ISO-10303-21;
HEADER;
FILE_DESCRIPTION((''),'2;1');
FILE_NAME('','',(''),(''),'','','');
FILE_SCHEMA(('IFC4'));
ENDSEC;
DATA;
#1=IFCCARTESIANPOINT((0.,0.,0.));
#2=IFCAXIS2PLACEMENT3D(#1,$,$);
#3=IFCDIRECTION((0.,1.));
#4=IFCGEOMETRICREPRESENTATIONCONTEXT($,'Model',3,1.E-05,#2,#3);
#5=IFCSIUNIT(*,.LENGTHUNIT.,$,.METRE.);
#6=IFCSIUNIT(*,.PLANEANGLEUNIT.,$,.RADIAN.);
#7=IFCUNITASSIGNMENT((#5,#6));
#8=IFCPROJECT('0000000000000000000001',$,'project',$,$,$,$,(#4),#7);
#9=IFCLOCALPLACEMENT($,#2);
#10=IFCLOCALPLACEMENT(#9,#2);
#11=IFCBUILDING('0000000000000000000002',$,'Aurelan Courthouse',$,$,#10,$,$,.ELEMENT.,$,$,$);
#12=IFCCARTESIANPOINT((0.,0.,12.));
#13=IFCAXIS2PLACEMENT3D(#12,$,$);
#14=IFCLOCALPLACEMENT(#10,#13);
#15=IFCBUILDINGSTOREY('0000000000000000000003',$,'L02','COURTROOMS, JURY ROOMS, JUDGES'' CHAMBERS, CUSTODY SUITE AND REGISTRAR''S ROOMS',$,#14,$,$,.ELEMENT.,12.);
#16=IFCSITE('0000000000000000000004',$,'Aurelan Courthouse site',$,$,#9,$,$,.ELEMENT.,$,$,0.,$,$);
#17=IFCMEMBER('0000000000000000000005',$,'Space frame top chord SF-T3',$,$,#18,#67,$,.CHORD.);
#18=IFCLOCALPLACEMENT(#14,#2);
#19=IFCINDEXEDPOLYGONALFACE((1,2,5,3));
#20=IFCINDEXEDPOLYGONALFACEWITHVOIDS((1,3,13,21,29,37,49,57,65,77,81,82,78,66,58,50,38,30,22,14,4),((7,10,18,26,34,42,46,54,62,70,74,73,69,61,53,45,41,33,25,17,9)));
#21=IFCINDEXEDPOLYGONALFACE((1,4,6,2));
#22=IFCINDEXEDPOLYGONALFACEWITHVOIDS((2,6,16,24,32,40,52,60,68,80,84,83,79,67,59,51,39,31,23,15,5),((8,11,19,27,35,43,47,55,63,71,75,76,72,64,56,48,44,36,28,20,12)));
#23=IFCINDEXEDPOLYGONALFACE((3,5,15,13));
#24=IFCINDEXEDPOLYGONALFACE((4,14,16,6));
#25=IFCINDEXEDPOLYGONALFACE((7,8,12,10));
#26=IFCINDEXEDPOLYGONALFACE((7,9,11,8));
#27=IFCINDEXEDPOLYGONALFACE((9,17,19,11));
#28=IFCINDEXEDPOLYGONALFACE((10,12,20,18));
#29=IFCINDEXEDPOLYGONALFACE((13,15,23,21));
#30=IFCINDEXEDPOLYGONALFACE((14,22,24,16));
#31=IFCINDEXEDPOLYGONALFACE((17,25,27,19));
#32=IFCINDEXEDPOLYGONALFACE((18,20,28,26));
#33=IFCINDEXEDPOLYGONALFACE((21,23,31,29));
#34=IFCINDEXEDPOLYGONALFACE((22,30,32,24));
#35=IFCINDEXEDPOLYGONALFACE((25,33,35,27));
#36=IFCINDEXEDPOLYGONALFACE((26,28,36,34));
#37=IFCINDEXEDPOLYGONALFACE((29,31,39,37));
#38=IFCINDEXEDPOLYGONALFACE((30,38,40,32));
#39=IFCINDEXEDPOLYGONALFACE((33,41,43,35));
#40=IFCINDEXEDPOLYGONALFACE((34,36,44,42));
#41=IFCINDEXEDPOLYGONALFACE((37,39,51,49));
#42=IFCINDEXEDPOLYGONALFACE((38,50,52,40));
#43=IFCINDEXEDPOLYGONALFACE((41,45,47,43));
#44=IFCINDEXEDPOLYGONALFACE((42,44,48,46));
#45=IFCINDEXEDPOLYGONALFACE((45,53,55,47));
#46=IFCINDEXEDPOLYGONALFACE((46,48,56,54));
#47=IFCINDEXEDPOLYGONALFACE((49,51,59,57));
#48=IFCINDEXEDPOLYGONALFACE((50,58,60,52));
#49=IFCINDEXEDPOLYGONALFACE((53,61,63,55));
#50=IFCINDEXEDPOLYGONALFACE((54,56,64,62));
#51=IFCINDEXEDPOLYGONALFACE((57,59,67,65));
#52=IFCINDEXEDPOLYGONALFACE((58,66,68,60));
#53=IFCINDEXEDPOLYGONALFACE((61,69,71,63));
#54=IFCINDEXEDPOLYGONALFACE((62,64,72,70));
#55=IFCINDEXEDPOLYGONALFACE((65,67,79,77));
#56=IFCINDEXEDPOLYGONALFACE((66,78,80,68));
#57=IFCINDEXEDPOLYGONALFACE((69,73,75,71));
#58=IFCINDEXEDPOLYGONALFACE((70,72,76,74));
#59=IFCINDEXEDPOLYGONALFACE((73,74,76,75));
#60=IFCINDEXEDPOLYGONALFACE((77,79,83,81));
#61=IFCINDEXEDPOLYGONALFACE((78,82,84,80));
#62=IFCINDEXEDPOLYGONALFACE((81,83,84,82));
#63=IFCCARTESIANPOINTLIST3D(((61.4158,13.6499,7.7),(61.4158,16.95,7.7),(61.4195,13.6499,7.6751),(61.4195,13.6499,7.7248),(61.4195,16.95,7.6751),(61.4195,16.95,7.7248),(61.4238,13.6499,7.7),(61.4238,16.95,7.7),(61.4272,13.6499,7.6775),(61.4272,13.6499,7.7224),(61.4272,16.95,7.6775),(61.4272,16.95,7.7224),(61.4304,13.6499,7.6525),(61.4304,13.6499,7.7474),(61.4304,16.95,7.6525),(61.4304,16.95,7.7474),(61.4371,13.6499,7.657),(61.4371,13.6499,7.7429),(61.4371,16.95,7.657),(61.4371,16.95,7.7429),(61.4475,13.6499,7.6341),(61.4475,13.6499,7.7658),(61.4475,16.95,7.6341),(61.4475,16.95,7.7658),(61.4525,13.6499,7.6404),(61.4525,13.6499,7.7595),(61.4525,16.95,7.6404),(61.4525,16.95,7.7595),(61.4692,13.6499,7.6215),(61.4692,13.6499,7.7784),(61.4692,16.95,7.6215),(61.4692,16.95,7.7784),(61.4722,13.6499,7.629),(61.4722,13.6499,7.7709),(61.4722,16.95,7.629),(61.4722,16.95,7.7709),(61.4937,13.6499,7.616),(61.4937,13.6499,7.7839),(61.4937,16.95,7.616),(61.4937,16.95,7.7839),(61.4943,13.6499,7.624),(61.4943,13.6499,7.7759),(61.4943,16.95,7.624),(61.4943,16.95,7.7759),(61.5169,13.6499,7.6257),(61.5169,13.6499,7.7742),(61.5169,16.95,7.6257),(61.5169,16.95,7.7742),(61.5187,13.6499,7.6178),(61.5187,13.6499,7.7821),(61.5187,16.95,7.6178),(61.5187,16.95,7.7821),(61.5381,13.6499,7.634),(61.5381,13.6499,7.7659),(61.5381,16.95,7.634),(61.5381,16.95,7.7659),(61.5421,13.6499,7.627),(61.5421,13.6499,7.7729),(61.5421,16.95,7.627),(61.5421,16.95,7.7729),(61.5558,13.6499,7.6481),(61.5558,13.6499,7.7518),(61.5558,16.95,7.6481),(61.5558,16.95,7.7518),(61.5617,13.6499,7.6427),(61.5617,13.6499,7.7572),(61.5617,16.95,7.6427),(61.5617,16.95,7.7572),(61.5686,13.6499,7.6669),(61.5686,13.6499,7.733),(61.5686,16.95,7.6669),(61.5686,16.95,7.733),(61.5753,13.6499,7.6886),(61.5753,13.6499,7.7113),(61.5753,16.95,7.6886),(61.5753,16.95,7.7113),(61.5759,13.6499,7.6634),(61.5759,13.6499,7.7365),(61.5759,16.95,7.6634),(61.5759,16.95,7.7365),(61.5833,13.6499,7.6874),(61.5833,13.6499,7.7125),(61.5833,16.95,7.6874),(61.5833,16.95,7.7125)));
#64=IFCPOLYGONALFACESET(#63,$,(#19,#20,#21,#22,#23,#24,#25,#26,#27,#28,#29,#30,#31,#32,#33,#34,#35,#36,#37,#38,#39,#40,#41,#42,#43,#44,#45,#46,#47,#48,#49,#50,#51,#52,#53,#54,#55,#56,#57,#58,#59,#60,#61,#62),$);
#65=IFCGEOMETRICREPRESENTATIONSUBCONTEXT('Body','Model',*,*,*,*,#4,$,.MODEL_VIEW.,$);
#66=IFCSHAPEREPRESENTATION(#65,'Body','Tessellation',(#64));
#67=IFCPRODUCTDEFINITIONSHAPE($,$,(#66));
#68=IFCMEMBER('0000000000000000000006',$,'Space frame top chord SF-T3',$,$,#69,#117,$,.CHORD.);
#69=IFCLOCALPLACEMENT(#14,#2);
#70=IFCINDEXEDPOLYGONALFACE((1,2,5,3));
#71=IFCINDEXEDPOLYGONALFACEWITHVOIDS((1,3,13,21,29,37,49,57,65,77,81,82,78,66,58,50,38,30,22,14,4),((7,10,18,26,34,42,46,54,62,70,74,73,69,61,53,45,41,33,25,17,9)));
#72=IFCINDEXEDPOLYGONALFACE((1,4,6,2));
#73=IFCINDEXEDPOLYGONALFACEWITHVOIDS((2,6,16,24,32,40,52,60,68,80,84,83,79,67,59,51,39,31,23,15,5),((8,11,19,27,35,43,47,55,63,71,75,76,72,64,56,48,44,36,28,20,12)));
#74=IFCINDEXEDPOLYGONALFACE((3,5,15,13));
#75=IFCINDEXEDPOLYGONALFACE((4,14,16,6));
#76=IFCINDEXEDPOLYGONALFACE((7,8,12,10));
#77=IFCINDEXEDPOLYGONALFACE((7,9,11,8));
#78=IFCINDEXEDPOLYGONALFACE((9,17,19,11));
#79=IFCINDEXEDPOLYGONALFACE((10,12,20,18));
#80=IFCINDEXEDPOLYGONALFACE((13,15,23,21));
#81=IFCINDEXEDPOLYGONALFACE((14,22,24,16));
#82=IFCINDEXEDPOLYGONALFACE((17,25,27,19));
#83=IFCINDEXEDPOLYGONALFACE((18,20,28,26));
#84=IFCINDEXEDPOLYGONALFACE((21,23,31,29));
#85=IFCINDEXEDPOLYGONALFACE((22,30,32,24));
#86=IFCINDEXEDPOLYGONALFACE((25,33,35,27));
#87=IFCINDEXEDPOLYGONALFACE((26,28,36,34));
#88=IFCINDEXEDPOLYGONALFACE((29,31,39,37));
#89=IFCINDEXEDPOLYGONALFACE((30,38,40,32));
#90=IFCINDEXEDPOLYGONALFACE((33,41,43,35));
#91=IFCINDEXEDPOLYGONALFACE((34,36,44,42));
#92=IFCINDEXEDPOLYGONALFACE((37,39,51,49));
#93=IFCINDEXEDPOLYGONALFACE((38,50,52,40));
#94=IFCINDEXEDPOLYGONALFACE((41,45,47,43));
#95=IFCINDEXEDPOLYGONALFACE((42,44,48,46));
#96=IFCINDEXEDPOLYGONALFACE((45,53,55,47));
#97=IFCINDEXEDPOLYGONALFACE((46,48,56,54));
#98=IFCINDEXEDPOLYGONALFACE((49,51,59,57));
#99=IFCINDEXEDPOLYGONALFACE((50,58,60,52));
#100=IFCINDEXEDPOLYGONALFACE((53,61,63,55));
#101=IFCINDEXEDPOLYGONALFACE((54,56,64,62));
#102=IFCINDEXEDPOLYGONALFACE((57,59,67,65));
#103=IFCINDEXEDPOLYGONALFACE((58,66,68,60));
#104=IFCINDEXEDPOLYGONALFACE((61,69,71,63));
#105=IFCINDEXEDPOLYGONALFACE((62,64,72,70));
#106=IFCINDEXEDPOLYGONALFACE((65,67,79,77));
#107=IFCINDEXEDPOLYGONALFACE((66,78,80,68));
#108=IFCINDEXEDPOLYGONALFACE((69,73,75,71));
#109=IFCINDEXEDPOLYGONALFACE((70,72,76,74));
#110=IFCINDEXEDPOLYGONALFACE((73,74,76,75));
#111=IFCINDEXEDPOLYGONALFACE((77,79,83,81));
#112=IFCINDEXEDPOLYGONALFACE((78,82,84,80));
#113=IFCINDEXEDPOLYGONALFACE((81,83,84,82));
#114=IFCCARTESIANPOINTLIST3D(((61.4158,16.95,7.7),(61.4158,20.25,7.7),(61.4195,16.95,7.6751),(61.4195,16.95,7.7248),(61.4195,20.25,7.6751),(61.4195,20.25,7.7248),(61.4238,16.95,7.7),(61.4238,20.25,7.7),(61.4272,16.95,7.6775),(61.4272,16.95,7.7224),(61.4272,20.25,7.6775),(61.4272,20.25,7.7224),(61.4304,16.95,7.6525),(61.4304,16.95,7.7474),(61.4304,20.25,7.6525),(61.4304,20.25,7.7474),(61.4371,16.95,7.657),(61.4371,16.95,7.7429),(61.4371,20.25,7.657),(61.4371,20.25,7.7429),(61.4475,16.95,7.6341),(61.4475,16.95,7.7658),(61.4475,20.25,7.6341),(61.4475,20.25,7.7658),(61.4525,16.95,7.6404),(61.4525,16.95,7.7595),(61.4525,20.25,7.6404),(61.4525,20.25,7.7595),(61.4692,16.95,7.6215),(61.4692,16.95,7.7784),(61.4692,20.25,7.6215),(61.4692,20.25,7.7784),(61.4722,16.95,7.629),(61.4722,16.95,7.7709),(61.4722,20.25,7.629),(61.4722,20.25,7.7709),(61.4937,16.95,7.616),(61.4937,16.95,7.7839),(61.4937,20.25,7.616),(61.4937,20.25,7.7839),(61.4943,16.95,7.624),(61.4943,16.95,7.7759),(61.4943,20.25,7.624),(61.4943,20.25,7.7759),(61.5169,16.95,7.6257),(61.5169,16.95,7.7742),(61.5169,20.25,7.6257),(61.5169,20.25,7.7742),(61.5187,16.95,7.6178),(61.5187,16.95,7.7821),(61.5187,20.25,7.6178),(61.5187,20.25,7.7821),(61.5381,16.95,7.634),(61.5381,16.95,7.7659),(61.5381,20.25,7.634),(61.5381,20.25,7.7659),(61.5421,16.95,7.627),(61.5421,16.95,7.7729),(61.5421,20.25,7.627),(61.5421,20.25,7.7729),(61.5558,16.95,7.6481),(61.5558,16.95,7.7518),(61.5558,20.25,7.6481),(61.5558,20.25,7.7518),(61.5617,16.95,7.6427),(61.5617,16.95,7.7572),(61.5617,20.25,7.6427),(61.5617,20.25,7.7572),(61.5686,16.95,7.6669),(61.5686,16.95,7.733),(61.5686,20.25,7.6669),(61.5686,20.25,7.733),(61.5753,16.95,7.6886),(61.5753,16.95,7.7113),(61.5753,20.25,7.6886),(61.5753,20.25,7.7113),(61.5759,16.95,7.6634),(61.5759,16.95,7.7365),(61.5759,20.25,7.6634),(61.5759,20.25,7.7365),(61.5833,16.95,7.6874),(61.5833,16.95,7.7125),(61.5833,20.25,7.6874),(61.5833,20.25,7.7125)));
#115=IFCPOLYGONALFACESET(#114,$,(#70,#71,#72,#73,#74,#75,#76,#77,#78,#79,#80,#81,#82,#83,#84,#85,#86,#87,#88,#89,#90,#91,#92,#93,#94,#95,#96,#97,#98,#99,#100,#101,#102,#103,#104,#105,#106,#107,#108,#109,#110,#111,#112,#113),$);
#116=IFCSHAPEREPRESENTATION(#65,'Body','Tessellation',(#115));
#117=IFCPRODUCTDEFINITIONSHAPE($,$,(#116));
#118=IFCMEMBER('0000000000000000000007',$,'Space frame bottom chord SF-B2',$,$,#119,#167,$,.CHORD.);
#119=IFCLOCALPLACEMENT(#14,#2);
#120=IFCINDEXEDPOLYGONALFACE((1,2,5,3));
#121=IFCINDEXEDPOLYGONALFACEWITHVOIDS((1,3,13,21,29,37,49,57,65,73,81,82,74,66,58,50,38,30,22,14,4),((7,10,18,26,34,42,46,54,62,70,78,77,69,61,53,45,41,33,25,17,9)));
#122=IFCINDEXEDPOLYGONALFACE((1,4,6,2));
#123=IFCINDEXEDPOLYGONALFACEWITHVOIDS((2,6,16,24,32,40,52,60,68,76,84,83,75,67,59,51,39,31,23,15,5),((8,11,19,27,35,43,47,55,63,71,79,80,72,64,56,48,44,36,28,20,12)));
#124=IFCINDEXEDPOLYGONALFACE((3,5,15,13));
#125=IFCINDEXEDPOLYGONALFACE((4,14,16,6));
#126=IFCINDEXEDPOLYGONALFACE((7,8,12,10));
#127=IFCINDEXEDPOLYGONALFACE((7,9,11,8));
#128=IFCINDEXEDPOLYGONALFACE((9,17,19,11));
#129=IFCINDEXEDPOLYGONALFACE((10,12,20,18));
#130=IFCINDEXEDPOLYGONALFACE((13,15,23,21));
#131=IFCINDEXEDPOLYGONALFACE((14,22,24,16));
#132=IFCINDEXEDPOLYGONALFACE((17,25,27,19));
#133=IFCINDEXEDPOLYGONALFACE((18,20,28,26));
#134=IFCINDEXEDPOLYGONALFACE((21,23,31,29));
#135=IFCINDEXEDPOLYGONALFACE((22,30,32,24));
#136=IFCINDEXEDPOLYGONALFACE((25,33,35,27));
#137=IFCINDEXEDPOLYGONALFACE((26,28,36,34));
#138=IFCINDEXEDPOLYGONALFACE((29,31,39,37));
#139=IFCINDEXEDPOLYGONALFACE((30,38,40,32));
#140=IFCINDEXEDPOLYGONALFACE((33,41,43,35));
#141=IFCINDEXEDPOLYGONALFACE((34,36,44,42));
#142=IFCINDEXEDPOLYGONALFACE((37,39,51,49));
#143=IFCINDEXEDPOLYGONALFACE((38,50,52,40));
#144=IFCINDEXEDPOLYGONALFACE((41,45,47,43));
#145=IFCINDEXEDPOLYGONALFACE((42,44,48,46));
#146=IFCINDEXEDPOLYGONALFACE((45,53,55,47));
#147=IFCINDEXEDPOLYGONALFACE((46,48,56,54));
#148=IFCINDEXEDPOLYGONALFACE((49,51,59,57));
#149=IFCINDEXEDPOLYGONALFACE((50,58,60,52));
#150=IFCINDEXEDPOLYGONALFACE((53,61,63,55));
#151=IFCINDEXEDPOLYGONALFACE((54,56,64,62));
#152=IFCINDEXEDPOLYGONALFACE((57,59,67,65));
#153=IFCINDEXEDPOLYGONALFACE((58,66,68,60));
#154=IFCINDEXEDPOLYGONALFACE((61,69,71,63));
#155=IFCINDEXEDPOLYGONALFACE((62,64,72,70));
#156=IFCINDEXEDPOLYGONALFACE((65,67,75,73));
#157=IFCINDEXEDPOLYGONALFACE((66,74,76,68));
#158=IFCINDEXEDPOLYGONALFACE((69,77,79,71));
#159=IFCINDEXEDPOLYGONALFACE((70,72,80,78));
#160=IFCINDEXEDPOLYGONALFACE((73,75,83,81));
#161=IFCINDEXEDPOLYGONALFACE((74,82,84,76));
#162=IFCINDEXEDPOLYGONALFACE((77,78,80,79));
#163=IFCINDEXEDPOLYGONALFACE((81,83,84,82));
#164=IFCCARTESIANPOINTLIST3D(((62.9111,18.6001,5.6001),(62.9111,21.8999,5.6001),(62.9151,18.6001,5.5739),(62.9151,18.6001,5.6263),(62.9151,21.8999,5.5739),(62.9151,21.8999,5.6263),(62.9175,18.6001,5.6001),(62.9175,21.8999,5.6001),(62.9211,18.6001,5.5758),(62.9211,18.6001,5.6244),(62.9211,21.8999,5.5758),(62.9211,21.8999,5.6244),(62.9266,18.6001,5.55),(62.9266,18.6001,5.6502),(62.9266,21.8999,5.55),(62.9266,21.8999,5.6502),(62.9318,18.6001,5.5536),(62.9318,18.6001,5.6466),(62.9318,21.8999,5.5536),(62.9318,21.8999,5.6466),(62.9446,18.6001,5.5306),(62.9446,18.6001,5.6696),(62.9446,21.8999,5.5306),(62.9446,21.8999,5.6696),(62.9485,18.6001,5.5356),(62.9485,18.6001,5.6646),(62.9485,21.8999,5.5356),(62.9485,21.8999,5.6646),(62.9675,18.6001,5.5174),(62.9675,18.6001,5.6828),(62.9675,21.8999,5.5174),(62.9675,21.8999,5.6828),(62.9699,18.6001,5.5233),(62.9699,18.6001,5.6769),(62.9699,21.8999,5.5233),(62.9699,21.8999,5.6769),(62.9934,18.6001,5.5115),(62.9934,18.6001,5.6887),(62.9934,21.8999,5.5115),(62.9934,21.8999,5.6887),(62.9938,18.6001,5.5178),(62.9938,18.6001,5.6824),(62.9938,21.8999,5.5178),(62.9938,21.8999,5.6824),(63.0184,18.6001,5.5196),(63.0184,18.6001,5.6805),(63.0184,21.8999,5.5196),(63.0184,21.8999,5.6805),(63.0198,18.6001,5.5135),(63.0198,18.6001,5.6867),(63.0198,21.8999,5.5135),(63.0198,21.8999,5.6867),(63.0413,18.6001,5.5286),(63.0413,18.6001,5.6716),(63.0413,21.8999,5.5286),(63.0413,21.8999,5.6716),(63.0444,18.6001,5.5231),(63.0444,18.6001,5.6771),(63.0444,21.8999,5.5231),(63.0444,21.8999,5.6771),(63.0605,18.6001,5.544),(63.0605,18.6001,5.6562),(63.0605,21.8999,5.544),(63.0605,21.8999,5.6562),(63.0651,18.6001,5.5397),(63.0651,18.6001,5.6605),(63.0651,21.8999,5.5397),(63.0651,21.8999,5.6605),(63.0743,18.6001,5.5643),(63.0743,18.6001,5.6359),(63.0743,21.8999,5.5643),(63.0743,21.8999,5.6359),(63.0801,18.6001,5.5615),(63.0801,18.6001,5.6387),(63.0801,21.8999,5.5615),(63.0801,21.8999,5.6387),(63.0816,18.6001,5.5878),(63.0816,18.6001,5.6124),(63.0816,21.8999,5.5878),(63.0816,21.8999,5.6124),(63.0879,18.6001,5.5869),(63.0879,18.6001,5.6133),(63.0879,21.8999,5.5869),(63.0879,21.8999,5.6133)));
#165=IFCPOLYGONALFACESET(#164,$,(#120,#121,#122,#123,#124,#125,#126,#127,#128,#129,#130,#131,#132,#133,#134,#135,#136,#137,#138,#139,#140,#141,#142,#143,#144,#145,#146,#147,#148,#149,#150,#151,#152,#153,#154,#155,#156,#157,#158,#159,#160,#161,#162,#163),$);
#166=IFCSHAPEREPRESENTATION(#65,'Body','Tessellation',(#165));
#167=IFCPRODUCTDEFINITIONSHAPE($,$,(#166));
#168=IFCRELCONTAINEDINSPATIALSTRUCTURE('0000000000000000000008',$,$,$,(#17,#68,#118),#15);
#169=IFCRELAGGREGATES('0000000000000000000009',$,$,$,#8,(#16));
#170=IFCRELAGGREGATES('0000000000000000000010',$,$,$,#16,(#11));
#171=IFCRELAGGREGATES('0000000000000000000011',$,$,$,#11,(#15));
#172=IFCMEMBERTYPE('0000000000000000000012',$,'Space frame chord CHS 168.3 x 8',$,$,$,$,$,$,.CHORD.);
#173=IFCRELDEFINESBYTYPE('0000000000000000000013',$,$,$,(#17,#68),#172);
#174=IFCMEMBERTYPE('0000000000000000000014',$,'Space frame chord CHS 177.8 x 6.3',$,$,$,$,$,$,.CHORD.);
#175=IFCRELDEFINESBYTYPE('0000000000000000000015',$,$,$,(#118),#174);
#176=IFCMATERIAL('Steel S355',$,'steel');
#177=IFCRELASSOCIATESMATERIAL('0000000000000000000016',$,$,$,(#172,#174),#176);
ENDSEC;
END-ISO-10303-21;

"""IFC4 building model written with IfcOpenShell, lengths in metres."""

from ifc_helpers import new_model, si_unit, direction, frame, origin, origin_2d, place, context, subcontext, project, spatial, hollow_circle, extrude, material, material_profile, profile_set, type_object, element, save


model = new_model("IFC4")

# Units and contexts
model_context = context("Model", 3, precision=1e-05, world=origin(), true_north=direction((0.0, 1.0)))
body_context = subcontext(model_context, "Body", "Model", "MODEL_VIEW")
ifc_project = project(units=[si_unit("LENGTHUNIT", "METRE"), si_unit("PLANEANGLEUNIT", "RADIAN")], contexts=[model_context])

# Site, building, storey
site_placement = place(None, origin())
site = spatial("IfcSite", under=ifc_project, at=site_placement, Name="Aurelan Courthouse site", CompositionType="ELEMENT", RefElevation=0.0)
building_placement = place(site_placement, origin())
building = spatial("IfcBuilding", under=site, at=building_placement, Name="Aurelan Courthouse", CompositionType="ELEMENT")
storey_placement = place(building_placement, frame((0.0, 0.0, 12.0)))
storey = spatial("IfcBuildingStorey", under=building, at=storey_placement, Name="L02", Description="COURTROOMS, JURY ROOMS, JUDGES' CHAMBERS, CUSTODY SUITE AND REGISTRAR'S ROOMS", CompositionType="ELEMENT", Elevation=12.0)

# Shared definitions
ifc_material_1 = material(Name="Steel S355", Category="steel")

# Members
ifc_material_profile_1 = material_profile(ifc_material_1, hollow_circle(Radius=0.0842, WallThickness=0.0081, at=origin_2d()), Name="CHS 168.3 x 8")
ifc_profile_set_1 = profile_set([ifc_material_profile_1], Name="Steel S355")
member_type_1 = type_object("IfcMemberType", Name="Space frame chord CHS 168.3 x 8", PredefinedType="CHORD", material=ifc_profile_set_1)
for number, where, z_axis, x_axis, name in (
    (1, (61.5, 13.6499, 7.7), (0.0, 1.0, 0.0), (-1.0, 0.0, 0.0), "Space frame top chord SF-T3"),
    (2, (61.5, 16.95, 7.7), (0.0, 1.0, 0.0), (-1.0, 0.0, 0.0), "Space frame top chord SF-T3"),
):
    element("IfcMember", number, at=place(storey_placement, frame(where, z_axis=z_axis, x_axis=x_axis)), inside=storey, type_object=member_type_1, Name=name, PredefinedType="CHORD", context=body_context, shape_type="SweptSolid", body=[
        extrude(hollow_circle(Radius=0.0842, WallThickness=0.0081, at=origin_2d()), origin(), (0.0, 0.0, 1.0), 3.3),
    ])
ifc_material_profile_2 = material_profile(ifc_material_1, hollow_circle(Radius=0.0889, WallThickness=0.0063, at=origin_2d()), Name="CHS 177.8 x 6.3")
ifc_profile_set_2 = profile_set([ifc_material_profile_2], Name="Steel S355")
member_type_2 = type_object("IfcMemberType", Name="Space frame chord CHS 177.8 x 6.3", PredefinedType="CHORD", material=ifc_profile_set_2)
member_1_placement = place(storey_placement, frame((63.0, 18.6001, 5.6001), z_axis=(0.0, 1.0, 0.0), x_axis=(-1.0, 0.0, 0.0)))
element("IfcMember", 3, at=member_1_placement, inside=storey, type_object=member_type_2, Name="Space frame bottom chord SF-B2", PredefinedType="CHORD", context=body_context, shape_type="SweptSolid", body=[
    extrude(hollow_circle(Radius=0.0889, WallThickness=0.0063, at=origin_2d()), origin(), (0.0, 0.0, 1.0), 3.2998),
])

save(model, "model.ifc")
